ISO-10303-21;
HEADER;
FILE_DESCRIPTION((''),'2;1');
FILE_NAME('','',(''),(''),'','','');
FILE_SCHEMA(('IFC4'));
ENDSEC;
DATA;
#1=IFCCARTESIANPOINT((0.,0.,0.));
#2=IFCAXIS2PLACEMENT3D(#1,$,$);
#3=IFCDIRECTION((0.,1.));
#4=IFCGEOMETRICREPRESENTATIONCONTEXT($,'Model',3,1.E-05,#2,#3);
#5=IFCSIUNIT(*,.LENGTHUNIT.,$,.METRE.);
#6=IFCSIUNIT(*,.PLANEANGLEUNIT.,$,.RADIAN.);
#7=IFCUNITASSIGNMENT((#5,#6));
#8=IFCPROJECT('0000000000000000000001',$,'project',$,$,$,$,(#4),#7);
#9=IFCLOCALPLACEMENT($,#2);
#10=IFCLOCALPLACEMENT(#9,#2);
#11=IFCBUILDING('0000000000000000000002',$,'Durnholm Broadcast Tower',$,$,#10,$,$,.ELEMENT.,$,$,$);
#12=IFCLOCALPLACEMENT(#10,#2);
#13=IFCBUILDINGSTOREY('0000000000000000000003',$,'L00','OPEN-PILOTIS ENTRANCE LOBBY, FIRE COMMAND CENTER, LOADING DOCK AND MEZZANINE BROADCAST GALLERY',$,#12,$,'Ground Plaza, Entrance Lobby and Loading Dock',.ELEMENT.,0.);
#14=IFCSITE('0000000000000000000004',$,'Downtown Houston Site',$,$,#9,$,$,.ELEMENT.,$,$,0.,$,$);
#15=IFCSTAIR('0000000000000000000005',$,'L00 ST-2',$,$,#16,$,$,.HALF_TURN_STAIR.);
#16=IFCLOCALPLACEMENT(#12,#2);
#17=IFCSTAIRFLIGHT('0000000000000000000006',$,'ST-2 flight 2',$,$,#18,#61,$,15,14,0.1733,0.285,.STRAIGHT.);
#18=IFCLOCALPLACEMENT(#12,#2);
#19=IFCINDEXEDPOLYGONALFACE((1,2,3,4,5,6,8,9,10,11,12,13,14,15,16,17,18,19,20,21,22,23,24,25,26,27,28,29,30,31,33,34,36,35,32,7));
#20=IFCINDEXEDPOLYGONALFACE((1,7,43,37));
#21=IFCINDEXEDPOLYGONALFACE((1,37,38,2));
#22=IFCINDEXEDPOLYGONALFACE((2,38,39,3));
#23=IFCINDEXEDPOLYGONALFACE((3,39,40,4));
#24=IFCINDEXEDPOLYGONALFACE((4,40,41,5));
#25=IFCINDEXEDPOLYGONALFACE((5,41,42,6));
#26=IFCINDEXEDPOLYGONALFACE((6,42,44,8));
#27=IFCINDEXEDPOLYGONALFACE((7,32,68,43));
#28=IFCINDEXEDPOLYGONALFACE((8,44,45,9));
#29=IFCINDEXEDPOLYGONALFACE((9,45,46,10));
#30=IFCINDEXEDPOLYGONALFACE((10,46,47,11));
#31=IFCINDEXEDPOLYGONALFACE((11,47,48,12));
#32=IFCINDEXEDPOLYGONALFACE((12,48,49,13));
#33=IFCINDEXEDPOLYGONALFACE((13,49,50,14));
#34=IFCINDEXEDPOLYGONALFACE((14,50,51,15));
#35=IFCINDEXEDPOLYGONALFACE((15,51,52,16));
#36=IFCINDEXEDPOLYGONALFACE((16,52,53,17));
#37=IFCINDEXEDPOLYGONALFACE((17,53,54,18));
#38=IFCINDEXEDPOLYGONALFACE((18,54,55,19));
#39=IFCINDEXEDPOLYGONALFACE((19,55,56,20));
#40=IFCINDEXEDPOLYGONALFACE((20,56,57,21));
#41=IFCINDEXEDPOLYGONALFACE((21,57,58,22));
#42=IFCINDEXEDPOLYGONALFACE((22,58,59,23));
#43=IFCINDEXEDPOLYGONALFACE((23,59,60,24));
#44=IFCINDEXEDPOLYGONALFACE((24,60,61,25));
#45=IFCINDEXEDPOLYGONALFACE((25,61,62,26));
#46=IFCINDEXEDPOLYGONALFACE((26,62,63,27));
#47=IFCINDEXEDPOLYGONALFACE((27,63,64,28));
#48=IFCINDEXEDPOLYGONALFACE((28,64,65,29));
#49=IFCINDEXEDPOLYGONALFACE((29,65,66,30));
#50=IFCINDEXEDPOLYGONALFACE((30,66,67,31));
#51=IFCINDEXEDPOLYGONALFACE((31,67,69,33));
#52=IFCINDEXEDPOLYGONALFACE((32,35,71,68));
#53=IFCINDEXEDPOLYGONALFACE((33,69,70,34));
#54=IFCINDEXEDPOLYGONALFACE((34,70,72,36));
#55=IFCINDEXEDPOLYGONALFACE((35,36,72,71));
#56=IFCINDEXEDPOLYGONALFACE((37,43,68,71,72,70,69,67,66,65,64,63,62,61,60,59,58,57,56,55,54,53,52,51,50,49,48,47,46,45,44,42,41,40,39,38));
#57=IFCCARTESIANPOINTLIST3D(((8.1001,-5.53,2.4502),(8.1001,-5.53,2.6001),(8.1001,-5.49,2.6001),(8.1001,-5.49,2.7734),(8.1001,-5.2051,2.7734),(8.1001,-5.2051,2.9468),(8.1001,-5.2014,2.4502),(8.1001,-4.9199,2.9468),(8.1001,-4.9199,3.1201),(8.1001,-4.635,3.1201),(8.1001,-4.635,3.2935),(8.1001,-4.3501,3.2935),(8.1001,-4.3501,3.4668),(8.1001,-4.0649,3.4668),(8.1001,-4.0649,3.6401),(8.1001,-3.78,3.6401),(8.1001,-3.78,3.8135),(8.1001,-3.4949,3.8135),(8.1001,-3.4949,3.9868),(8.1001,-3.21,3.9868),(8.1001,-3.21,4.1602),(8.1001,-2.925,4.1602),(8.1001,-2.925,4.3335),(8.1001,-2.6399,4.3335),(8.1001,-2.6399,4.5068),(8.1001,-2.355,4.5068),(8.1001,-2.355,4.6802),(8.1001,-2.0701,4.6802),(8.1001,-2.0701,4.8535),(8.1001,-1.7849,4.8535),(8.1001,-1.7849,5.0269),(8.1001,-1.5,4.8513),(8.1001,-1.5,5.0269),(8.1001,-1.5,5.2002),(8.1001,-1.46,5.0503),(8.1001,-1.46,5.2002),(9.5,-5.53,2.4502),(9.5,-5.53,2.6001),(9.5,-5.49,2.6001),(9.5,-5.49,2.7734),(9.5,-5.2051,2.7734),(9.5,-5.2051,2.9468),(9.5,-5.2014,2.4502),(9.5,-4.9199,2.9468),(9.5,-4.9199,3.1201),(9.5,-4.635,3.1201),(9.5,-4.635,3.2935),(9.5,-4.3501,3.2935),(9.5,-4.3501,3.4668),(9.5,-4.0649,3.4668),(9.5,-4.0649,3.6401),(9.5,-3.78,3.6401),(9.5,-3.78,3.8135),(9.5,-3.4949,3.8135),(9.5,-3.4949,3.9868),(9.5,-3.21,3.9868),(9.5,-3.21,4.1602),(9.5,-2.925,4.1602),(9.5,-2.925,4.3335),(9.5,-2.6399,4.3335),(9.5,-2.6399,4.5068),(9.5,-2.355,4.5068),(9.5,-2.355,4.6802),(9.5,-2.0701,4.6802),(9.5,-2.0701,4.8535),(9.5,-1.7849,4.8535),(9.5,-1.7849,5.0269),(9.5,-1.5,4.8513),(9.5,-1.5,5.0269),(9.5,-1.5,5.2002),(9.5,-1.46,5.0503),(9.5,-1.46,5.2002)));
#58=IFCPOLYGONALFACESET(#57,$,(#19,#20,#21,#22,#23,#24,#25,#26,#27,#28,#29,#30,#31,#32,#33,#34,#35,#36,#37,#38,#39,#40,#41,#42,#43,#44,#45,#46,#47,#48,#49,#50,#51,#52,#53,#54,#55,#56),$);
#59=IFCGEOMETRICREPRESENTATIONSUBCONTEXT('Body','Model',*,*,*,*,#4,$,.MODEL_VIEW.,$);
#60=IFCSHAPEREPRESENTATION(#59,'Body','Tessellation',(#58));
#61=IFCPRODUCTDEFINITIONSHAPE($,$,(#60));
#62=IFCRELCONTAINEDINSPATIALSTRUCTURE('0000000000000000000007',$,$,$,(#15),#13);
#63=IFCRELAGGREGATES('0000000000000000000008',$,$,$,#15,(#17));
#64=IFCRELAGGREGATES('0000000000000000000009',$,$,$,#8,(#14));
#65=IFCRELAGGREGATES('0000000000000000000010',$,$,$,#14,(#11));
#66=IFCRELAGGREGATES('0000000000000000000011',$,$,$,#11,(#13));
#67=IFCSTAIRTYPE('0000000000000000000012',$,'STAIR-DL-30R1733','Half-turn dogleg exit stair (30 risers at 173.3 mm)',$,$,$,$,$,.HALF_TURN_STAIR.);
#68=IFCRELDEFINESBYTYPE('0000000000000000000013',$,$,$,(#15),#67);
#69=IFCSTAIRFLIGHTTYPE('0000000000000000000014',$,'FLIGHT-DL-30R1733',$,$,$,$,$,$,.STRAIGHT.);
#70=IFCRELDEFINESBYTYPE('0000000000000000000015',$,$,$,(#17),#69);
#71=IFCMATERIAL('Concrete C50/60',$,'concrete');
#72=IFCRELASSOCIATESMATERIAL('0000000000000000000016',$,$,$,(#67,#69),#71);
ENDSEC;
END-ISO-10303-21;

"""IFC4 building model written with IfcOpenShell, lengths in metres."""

from ifc_helpers import new_model, si_unit, direction, frame, origin, place, context, subcontext, project, spatial, polyline, outline, extrude, material, type_object, element, aggregate, save


model = new_model("IFC4")

# Units and contexts
model_context = context("Model", 3, precision=1e-05, world=origin(), true_north=direction((0.0, 1.0)))
body_context = subcontext(model_context, "Body", "Model", "MODEL_VIEW")
ifc_project = project(units=[si_unit("LENGTHUNIT", "METRE"), si_unit("PLANEANGLEUNIT", "RADIAN")], contexts=[model_context])

# Site, building, storey
site_placement = place(None, origin())
site = spatial("IfcSite", under=ifc_project, at=site_placement, Name="Downtown Houston Site", CompositionType="ELEMENT", RefElevation=0.0)
building_placement = place(site_placement, origin())
building = spatial("IfcBuilding", under=site, at=building_placement, Name="Durnholm Broadcast Tower", CompositionType="ELEMENT")
storey_placement = place(building_placement, origin())
storey = spatial("IfcBuildingStorey", under=building, at=storey_placement, Name="L00", Description="OPEN-PILOTIS ENTRANCE LOBBY, FIRE COMMAND CENTER, LOADING DOCK AND MEZZANINE BROADCAST GALLERY", LongName="Ground Plaza, Entrance Lobby and Loading Dock", CompositionType="ELEMENT", Elevation=0.0)

# Shared definitions
ifc_material_1 = material(Name="Concrete C50/60", Category="concrete")

# Stair, stair flight
stair_type = type_object("IfcStairType", Name="STAIR-DL-30R1733", Description="Half-turn dogleg exit stair (30 risers at 173.3 mm)", PredefinedType="HALF_TURN_STAIR", material=ifc_material_1)
stair_placement = place(storey_placement, origin())
stair = element("IfcStair", 1, at=stair_placement, inside=storey, type_object=stair_type, Name="L00 ST-2", PredefinedType="HALF_TURN_STAIR")
stair_flight_type = type_object("IfcStairFlightType", Name="FLIGHT-DL-30R1733", PredefinedType="STRAIGHT", material=ifc_material_1)
stair_flight_placement = place(storey_placement, frame((8.8, -5.49, 2.6001), z_axis=(0.0, 0.0, 1.0), x_axis=(0.0, 1.0, 0.0)))
stair_flight = element("IfcStairFlight", 2, at=stair_flight_placement, type_object=stair_flight_type, Name="ST-2 flight 2", NumberOfRisers=15, NumberOfTreads=14, PredefinedType="STRAIGHT", RiserHeight=0.1733, TreadLength=0.285, context=body_context, shape_type="SweptSolid", body=[
    extrude(outline(polyline([(-0.04, -0.1499), (-0.04, 0.0), (0.0, 0.0), (0.0, 0.1733), (0.2849, 0.1733), (0.2849, 0.3467), (0.5701, 0.3467), (0.5701, 0.52), (0.855, 0.52), (0.855, 0.6934), (1.1399, 0.6934), (1.1399, 0.8667), (1.425, 0.8667), (1.425, 1.04), (1.71, 1.04), (1.71, 1.2134), (1.9951, 1.2134), (1.9951, 1.3867), (2.28, 1.3867), (2.28, 1.5601), (2.5649, 1.5601), (2.5649, 1.7334), (2.8501, 1.7334), (2.8501, 1.9067), (3.135, 1.9067), (3.135, 2.0801), (3.4199, 2.0801), (3.4199, 2.2534), (3.7051, 2.2534), (3.7051, 2.4268), (3.99, 2.4268), (3.99, 2.6001), (4.03, 2.6001), (4.03, 2.4502), (3.99, 2.2512), (0.2886, -0.1499), (-0.04, -0.1499)])), frame((0.0, 0.7, 0.0), z_axis=(0.0, -1.0, 0.0), x_axis=(1.0, 0.0, 0.0)), (0.0, 0.0, 1.0), 1.3999),
])
aggregate(stair, [stair_flight])

save(model, "model.ifc")
